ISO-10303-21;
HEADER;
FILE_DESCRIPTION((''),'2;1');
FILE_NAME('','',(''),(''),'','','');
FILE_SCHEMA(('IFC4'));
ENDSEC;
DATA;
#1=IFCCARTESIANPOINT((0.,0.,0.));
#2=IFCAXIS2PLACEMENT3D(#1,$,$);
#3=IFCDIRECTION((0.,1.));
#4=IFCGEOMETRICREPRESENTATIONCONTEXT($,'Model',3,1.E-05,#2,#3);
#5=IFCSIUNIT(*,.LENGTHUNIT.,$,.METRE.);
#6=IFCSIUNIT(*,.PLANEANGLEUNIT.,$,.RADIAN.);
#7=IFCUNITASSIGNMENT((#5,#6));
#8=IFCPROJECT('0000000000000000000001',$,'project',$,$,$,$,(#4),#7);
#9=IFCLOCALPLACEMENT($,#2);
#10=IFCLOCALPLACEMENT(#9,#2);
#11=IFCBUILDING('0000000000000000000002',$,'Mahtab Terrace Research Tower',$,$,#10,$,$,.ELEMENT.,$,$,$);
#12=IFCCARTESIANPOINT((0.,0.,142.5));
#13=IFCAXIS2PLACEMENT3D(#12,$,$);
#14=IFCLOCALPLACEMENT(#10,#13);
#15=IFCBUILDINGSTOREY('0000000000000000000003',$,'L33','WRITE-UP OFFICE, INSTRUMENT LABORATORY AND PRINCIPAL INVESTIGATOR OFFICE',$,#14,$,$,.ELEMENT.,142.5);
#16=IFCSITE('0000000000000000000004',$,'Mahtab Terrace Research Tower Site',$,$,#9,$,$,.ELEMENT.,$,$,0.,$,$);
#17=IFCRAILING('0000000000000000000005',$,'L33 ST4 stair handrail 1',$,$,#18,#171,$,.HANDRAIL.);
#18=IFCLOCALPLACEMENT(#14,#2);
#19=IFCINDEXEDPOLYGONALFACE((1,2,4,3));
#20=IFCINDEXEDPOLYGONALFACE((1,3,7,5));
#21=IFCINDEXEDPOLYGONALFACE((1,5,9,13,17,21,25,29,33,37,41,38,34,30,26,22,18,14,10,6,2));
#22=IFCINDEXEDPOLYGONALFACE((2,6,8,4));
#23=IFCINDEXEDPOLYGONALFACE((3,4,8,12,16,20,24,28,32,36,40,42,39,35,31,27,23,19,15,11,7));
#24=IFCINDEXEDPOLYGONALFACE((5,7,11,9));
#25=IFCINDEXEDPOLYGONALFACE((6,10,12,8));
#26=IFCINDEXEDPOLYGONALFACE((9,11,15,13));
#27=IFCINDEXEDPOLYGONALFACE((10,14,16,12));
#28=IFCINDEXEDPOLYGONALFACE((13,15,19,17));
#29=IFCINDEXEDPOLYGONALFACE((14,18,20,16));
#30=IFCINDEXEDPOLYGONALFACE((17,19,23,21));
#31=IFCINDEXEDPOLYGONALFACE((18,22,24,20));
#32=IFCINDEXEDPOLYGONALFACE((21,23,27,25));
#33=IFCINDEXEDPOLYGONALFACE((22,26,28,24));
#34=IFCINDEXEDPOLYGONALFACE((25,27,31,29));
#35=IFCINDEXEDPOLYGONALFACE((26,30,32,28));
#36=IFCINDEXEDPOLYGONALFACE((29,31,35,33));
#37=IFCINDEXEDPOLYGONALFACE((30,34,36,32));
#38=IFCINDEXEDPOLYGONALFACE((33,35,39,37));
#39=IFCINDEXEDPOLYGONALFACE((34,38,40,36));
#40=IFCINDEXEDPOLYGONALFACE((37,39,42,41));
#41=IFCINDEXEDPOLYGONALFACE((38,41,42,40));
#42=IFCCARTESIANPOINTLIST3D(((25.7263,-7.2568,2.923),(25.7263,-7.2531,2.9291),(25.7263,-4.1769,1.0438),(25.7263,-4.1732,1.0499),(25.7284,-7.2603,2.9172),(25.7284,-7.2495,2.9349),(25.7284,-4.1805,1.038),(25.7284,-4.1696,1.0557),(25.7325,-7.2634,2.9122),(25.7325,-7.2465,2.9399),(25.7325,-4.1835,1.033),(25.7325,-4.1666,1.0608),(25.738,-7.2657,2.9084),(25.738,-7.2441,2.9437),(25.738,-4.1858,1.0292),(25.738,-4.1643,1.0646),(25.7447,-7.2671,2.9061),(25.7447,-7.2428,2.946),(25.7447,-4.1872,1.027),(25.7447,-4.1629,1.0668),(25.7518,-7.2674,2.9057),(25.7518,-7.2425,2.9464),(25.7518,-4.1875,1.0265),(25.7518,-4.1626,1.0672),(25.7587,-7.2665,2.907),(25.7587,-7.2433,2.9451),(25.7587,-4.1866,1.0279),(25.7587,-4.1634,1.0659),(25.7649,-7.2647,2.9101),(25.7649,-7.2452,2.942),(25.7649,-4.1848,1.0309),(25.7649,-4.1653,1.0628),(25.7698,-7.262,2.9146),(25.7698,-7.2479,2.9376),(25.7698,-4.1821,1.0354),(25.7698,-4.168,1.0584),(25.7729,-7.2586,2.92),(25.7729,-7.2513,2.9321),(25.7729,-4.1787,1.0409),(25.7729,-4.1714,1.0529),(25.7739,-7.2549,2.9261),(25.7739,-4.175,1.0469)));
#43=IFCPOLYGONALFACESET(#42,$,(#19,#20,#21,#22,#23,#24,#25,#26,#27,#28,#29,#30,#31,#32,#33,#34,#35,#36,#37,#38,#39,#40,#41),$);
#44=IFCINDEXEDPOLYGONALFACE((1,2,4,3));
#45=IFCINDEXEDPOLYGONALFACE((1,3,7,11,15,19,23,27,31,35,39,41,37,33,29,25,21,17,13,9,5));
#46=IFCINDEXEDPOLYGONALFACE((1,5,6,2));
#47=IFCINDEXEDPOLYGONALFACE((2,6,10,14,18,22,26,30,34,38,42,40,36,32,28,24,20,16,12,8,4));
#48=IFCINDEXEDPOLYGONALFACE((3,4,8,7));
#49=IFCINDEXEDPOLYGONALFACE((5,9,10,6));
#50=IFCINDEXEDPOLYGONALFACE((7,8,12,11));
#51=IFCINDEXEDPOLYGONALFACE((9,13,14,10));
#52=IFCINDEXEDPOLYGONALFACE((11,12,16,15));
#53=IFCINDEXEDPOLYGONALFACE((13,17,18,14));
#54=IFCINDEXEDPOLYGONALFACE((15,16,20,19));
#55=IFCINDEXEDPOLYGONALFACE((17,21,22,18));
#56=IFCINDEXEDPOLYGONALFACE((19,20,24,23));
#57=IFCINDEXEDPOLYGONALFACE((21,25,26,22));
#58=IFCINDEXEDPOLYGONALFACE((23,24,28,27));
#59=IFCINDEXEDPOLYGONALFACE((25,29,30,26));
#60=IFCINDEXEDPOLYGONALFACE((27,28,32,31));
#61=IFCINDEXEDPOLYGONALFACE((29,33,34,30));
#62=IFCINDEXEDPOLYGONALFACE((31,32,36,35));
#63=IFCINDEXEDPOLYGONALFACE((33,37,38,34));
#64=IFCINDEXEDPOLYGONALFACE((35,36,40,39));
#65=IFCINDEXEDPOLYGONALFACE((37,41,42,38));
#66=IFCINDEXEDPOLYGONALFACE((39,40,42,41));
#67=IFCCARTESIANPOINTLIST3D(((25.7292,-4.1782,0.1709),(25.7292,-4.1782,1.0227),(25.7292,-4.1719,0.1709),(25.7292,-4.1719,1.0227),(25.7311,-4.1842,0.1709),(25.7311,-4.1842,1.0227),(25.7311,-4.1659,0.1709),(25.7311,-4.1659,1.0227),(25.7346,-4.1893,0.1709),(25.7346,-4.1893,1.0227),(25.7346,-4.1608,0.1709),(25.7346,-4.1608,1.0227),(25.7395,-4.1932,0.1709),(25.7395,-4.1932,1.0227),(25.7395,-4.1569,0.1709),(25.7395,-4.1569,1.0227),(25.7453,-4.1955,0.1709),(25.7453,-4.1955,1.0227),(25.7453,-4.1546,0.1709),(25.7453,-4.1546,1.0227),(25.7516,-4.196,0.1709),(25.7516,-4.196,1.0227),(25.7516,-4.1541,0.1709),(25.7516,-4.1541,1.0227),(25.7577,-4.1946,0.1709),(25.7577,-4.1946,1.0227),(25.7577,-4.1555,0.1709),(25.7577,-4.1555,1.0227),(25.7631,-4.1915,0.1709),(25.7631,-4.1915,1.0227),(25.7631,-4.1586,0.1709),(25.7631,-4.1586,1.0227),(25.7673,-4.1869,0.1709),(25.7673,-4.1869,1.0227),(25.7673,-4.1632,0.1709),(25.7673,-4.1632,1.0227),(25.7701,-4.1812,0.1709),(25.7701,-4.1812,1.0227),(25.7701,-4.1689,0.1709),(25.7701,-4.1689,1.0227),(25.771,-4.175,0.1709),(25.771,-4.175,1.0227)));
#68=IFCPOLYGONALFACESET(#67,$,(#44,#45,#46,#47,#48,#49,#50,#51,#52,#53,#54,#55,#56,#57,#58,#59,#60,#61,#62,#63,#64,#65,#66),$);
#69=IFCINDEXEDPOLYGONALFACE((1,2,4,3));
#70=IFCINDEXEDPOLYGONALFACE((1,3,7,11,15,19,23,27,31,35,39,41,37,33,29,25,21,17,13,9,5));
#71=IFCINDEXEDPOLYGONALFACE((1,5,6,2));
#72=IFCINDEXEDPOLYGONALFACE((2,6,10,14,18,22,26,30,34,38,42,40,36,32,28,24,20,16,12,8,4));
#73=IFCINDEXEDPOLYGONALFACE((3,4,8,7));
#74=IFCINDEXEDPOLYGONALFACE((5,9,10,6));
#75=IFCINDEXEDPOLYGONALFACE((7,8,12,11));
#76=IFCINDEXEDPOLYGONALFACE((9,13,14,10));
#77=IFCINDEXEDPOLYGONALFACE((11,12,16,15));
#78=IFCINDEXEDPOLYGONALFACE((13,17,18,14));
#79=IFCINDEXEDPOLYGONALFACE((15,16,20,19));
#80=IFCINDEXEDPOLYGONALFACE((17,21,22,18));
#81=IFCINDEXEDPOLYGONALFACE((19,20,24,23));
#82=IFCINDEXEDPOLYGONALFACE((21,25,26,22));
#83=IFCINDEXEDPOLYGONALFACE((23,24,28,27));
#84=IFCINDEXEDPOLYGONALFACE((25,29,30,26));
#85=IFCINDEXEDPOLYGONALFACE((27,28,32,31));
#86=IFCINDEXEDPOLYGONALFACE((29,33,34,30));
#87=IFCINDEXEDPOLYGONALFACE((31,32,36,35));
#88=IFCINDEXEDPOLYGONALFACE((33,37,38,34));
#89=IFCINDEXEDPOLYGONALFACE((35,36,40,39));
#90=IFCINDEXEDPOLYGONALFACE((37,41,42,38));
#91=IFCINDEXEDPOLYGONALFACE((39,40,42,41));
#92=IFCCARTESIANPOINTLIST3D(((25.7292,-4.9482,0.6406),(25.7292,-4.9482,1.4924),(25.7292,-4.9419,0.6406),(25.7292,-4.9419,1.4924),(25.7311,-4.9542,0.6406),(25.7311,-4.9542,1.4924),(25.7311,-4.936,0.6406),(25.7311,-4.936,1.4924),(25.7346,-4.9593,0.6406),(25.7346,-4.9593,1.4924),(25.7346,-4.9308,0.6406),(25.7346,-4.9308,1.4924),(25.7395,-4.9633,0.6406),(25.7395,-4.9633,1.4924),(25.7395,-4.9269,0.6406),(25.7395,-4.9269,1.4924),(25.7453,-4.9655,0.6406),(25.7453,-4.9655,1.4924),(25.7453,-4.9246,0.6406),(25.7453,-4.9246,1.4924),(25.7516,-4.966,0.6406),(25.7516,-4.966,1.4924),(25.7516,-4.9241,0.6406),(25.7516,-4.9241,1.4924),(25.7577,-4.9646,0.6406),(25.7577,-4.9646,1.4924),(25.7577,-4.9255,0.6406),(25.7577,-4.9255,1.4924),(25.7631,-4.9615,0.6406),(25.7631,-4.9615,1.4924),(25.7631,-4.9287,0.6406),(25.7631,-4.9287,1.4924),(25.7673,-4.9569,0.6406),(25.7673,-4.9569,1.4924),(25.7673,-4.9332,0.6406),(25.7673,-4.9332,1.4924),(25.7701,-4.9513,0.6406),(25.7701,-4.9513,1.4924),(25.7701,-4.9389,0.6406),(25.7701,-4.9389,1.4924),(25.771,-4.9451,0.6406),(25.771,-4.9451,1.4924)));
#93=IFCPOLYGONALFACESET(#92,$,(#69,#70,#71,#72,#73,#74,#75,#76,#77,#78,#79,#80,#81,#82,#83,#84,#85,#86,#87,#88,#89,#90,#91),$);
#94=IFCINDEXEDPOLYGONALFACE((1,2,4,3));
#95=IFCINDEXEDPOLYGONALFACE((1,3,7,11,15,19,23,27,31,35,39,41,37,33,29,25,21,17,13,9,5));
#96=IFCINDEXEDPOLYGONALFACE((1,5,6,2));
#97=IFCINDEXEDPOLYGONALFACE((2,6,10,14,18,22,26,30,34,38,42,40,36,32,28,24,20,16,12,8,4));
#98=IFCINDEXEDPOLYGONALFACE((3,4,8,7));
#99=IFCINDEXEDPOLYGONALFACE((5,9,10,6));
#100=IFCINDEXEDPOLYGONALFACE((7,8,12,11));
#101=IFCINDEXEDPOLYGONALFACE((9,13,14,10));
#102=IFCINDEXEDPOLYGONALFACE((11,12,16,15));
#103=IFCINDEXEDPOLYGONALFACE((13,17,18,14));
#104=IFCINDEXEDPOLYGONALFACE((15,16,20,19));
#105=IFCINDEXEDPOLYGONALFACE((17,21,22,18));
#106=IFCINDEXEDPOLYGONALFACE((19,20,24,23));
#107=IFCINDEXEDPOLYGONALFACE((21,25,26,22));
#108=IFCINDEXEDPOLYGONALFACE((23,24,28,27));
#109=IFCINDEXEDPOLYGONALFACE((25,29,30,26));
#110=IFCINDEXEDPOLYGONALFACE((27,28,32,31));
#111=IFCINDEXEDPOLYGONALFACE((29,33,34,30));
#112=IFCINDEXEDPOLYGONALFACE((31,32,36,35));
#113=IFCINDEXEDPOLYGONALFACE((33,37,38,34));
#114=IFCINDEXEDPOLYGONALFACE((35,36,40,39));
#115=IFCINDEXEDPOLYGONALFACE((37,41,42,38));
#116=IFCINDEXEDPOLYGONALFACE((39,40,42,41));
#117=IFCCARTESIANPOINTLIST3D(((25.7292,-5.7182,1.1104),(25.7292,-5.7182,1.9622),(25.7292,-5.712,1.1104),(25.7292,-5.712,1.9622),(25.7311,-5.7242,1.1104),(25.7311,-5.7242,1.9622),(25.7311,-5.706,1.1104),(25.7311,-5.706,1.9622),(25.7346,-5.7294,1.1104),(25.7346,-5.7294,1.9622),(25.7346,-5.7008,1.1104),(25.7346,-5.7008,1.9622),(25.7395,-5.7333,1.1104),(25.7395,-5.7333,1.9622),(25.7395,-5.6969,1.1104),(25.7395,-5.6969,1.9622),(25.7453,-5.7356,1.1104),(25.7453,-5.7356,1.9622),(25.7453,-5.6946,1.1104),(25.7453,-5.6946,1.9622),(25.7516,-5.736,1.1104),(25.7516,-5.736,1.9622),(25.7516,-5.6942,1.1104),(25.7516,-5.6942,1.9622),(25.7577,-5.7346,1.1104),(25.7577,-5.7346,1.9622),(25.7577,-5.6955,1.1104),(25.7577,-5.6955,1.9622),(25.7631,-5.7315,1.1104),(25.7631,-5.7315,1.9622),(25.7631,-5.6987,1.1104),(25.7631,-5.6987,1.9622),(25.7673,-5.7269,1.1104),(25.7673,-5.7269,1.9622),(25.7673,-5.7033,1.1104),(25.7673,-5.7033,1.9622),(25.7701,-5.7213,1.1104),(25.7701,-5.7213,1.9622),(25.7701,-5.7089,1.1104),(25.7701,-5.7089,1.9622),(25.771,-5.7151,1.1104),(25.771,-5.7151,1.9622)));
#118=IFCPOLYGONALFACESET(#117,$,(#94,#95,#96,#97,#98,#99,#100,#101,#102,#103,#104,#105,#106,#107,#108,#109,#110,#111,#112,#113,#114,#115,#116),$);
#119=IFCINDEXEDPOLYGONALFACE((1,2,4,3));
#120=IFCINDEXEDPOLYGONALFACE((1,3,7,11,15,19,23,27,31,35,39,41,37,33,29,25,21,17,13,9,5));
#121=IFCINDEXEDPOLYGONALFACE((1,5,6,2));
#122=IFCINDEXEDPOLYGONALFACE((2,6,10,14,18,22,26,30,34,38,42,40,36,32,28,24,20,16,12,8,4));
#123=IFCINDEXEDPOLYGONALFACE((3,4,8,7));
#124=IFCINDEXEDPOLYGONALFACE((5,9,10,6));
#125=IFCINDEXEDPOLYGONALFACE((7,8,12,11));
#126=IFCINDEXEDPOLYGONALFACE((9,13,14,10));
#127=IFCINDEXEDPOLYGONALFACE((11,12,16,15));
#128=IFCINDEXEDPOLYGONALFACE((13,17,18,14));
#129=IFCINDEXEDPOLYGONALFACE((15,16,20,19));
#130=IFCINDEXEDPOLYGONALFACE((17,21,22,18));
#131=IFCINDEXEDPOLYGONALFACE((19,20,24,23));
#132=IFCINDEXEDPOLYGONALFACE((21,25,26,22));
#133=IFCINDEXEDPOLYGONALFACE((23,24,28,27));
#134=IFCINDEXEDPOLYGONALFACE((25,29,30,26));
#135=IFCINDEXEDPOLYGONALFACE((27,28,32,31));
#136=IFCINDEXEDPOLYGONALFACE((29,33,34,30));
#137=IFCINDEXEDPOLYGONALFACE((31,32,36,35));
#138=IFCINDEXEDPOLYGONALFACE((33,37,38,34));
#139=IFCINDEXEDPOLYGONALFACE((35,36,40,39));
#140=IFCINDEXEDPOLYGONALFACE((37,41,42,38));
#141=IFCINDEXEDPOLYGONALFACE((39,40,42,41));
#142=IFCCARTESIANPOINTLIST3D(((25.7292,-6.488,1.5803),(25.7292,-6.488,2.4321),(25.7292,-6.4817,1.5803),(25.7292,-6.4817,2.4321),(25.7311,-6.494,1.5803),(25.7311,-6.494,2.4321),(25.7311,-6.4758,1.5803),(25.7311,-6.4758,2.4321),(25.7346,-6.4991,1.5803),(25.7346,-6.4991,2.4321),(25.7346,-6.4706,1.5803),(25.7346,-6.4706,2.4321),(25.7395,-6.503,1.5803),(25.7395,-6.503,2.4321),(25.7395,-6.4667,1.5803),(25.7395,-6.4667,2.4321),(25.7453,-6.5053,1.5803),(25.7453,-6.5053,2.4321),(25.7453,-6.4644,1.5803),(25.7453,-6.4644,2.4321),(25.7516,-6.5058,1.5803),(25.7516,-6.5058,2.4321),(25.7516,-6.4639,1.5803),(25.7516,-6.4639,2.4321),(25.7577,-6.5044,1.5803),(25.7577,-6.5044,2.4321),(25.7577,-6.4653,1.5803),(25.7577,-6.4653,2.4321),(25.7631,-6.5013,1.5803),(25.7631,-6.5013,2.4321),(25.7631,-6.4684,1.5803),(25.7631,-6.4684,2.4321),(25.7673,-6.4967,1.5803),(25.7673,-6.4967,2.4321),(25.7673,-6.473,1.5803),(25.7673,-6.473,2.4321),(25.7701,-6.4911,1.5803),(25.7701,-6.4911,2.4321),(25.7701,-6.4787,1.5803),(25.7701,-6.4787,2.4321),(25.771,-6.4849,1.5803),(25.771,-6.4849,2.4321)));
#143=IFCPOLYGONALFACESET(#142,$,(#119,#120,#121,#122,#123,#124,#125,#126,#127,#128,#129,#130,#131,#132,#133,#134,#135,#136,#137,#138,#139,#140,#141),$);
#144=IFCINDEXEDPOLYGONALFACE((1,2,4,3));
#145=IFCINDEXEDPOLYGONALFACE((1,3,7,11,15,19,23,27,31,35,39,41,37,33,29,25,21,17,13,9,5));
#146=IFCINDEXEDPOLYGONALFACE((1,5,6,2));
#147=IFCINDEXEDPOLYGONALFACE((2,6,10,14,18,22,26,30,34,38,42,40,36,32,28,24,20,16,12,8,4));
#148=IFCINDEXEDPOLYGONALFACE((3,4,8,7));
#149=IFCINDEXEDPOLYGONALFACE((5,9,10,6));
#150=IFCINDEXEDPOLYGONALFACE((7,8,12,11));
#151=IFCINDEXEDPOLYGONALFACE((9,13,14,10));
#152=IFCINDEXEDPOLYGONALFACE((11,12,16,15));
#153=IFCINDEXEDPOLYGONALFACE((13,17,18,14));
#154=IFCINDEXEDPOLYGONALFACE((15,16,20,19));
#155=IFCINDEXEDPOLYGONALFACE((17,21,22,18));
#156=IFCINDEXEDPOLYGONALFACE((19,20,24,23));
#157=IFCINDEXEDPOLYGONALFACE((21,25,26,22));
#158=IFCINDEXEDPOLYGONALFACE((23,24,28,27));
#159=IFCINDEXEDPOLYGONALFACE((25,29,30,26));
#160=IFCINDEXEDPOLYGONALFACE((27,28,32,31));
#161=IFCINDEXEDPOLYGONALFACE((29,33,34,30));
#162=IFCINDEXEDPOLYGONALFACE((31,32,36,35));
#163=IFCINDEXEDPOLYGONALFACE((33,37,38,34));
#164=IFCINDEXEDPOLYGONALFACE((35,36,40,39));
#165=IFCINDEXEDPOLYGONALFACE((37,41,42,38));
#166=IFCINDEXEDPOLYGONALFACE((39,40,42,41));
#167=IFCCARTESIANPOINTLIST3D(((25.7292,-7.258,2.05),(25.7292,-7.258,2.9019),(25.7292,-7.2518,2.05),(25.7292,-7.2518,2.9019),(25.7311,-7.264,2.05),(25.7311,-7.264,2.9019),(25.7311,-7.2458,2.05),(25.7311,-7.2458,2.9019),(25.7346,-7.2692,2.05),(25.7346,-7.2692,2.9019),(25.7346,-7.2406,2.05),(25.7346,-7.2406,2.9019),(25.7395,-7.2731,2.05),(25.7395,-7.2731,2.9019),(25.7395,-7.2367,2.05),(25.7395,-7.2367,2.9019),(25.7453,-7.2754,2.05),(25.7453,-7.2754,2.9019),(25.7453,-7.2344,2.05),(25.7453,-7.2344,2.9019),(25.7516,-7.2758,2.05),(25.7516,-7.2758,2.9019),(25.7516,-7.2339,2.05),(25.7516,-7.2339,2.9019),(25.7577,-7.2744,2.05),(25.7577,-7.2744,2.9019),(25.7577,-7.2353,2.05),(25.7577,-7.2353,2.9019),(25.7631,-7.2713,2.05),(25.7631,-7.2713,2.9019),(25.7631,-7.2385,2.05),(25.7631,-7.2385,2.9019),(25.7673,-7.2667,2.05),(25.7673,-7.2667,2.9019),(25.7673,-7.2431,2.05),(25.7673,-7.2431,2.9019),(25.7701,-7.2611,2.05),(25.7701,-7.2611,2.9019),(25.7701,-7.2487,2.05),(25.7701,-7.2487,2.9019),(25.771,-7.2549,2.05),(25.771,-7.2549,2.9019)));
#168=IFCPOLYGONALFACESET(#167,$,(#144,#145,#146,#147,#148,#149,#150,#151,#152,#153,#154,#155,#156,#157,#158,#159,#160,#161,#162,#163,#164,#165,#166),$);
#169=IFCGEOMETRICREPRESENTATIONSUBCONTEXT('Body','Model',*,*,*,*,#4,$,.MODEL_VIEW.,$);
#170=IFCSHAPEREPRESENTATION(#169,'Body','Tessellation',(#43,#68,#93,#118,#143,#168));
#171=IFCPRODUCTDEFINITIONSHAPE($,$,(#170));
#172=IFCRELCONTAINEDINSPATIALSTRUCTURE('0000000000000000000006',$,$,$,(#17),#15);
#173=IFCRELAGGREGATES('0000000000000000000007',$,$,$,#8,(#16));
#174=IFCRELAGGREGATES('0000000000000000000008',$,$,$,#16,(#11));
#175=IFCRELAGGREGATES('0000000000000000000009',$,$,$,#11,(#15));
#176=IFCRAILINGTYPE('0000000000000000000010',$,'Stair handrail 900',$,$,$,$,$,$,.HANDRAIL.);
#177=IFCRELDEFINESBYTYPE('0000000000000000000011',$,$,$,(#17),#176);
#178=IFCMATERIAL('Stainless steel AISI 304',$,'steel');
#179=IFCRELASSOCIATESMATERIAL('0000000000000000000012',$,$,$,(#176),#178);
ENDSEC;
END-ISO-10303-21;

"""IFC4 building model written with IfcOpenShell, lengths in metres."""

from ifc_helpers import new_model, si_unit, direction, frame, origin, origin_2d, place, context, subcontext, project, spatial, circle, extrude, material, type_object, element, save


model = new_model("IFC4")

# Units and contexts
model_context = context("Model", 3, precision=1e-05, world=origin(), true_north=direction((0.0, 1.0)))
body_context = subcontext(model_context, "Body", "Model", "MODEL_VIEW")
ifc_project = project(units=[si_unit("LENGTHUNIT", "METRE"), si_unit("PLANEANGLEUNIT", "RADIAN")], contexts=[model_context])

# Site, building, storey
site_placement = place(None, origin())
site = spatial("IfcSite", under=ifc_project, at=site_placement, Name="Mahtab Terrace Research Tower Site", CompositionType="ELEMENT", RefElevation=0.0)
building_placement = place(site_placement, origin())
building = spatial("IfcBuilding", under=site, at=building_placement, Name="Mahtab Terrace Research Tower", CompositionType="ELEMENT")
storey_placement = place(building_placement, frame((0.0, 0.0, 142.5)))
storey = spatial("IfcBuildingStorey", under=building, at=storey_placement, Name="L33", Description="WRITE-UP OFFICE, INSTRUMENT LABORATORY AND PRINCIPAL INVESTIGATOR OFFICE", CompositionType="ELEMENT", Elevation=142.5)

# Railing
ifc_material_1 = material(Name="Stainless steel AISI 304", Category="steel")
railing_type_1 = type_object("IfcRailingType", Name="Stair handrail 900", PredefinedType="HANDRAIL", material=ifc_material_1)
railing_1_placement = place(storey_placement, frame((25.75, -4.175, 0.1709)))
element("IfcRailing", 1, at=railing_1_placement, inside=storey, type_object=railing_type_1, Name="L33 ST4 stair handrail 1", PredefinedType="HANDRAIL", context=body_context, shape_type="SweptSolid", body=[
    extrude(circle(Radius=0.0239, at=origin_2d()), frame((0.0, 0.0, 0.876), z_axis=(0.0, -0.853648, 0.52085), x_axis=(1.0, 0.0, 0.0)), (0.0, 0.0, 1.0), 3.6079),
    extrude(circle(Radius=0.021, at=origin_2d()), origin(), (0.0, 0.0, 1.0), 0.8518),
    extrude(circle(Radius=0.021, at=origin_2d()), frame((0.0, -0.77, 0.4697)), (0.0, 0.0, 1.0), 0.8518),
    extrude(circle(Radius=0.021, at=origin_2d()), frame((0.0, -1.54, 0.9395)), (0.0, 0.0, 1.0), 0.8518),
    extrude(circle(Radius=0.021, at=origin_2d()), frame((0.0, -2.3098, 1.4094)), (0.0, 0.0, 1.0), 0.8518),
    extrude(circle(Radius=0.021, at=origin_2d()), frame((0.0, -3.0798, 1.8792)), (0.0, 0.0, 1.0), 0.8518),
])

save(model, "model.ifc")
